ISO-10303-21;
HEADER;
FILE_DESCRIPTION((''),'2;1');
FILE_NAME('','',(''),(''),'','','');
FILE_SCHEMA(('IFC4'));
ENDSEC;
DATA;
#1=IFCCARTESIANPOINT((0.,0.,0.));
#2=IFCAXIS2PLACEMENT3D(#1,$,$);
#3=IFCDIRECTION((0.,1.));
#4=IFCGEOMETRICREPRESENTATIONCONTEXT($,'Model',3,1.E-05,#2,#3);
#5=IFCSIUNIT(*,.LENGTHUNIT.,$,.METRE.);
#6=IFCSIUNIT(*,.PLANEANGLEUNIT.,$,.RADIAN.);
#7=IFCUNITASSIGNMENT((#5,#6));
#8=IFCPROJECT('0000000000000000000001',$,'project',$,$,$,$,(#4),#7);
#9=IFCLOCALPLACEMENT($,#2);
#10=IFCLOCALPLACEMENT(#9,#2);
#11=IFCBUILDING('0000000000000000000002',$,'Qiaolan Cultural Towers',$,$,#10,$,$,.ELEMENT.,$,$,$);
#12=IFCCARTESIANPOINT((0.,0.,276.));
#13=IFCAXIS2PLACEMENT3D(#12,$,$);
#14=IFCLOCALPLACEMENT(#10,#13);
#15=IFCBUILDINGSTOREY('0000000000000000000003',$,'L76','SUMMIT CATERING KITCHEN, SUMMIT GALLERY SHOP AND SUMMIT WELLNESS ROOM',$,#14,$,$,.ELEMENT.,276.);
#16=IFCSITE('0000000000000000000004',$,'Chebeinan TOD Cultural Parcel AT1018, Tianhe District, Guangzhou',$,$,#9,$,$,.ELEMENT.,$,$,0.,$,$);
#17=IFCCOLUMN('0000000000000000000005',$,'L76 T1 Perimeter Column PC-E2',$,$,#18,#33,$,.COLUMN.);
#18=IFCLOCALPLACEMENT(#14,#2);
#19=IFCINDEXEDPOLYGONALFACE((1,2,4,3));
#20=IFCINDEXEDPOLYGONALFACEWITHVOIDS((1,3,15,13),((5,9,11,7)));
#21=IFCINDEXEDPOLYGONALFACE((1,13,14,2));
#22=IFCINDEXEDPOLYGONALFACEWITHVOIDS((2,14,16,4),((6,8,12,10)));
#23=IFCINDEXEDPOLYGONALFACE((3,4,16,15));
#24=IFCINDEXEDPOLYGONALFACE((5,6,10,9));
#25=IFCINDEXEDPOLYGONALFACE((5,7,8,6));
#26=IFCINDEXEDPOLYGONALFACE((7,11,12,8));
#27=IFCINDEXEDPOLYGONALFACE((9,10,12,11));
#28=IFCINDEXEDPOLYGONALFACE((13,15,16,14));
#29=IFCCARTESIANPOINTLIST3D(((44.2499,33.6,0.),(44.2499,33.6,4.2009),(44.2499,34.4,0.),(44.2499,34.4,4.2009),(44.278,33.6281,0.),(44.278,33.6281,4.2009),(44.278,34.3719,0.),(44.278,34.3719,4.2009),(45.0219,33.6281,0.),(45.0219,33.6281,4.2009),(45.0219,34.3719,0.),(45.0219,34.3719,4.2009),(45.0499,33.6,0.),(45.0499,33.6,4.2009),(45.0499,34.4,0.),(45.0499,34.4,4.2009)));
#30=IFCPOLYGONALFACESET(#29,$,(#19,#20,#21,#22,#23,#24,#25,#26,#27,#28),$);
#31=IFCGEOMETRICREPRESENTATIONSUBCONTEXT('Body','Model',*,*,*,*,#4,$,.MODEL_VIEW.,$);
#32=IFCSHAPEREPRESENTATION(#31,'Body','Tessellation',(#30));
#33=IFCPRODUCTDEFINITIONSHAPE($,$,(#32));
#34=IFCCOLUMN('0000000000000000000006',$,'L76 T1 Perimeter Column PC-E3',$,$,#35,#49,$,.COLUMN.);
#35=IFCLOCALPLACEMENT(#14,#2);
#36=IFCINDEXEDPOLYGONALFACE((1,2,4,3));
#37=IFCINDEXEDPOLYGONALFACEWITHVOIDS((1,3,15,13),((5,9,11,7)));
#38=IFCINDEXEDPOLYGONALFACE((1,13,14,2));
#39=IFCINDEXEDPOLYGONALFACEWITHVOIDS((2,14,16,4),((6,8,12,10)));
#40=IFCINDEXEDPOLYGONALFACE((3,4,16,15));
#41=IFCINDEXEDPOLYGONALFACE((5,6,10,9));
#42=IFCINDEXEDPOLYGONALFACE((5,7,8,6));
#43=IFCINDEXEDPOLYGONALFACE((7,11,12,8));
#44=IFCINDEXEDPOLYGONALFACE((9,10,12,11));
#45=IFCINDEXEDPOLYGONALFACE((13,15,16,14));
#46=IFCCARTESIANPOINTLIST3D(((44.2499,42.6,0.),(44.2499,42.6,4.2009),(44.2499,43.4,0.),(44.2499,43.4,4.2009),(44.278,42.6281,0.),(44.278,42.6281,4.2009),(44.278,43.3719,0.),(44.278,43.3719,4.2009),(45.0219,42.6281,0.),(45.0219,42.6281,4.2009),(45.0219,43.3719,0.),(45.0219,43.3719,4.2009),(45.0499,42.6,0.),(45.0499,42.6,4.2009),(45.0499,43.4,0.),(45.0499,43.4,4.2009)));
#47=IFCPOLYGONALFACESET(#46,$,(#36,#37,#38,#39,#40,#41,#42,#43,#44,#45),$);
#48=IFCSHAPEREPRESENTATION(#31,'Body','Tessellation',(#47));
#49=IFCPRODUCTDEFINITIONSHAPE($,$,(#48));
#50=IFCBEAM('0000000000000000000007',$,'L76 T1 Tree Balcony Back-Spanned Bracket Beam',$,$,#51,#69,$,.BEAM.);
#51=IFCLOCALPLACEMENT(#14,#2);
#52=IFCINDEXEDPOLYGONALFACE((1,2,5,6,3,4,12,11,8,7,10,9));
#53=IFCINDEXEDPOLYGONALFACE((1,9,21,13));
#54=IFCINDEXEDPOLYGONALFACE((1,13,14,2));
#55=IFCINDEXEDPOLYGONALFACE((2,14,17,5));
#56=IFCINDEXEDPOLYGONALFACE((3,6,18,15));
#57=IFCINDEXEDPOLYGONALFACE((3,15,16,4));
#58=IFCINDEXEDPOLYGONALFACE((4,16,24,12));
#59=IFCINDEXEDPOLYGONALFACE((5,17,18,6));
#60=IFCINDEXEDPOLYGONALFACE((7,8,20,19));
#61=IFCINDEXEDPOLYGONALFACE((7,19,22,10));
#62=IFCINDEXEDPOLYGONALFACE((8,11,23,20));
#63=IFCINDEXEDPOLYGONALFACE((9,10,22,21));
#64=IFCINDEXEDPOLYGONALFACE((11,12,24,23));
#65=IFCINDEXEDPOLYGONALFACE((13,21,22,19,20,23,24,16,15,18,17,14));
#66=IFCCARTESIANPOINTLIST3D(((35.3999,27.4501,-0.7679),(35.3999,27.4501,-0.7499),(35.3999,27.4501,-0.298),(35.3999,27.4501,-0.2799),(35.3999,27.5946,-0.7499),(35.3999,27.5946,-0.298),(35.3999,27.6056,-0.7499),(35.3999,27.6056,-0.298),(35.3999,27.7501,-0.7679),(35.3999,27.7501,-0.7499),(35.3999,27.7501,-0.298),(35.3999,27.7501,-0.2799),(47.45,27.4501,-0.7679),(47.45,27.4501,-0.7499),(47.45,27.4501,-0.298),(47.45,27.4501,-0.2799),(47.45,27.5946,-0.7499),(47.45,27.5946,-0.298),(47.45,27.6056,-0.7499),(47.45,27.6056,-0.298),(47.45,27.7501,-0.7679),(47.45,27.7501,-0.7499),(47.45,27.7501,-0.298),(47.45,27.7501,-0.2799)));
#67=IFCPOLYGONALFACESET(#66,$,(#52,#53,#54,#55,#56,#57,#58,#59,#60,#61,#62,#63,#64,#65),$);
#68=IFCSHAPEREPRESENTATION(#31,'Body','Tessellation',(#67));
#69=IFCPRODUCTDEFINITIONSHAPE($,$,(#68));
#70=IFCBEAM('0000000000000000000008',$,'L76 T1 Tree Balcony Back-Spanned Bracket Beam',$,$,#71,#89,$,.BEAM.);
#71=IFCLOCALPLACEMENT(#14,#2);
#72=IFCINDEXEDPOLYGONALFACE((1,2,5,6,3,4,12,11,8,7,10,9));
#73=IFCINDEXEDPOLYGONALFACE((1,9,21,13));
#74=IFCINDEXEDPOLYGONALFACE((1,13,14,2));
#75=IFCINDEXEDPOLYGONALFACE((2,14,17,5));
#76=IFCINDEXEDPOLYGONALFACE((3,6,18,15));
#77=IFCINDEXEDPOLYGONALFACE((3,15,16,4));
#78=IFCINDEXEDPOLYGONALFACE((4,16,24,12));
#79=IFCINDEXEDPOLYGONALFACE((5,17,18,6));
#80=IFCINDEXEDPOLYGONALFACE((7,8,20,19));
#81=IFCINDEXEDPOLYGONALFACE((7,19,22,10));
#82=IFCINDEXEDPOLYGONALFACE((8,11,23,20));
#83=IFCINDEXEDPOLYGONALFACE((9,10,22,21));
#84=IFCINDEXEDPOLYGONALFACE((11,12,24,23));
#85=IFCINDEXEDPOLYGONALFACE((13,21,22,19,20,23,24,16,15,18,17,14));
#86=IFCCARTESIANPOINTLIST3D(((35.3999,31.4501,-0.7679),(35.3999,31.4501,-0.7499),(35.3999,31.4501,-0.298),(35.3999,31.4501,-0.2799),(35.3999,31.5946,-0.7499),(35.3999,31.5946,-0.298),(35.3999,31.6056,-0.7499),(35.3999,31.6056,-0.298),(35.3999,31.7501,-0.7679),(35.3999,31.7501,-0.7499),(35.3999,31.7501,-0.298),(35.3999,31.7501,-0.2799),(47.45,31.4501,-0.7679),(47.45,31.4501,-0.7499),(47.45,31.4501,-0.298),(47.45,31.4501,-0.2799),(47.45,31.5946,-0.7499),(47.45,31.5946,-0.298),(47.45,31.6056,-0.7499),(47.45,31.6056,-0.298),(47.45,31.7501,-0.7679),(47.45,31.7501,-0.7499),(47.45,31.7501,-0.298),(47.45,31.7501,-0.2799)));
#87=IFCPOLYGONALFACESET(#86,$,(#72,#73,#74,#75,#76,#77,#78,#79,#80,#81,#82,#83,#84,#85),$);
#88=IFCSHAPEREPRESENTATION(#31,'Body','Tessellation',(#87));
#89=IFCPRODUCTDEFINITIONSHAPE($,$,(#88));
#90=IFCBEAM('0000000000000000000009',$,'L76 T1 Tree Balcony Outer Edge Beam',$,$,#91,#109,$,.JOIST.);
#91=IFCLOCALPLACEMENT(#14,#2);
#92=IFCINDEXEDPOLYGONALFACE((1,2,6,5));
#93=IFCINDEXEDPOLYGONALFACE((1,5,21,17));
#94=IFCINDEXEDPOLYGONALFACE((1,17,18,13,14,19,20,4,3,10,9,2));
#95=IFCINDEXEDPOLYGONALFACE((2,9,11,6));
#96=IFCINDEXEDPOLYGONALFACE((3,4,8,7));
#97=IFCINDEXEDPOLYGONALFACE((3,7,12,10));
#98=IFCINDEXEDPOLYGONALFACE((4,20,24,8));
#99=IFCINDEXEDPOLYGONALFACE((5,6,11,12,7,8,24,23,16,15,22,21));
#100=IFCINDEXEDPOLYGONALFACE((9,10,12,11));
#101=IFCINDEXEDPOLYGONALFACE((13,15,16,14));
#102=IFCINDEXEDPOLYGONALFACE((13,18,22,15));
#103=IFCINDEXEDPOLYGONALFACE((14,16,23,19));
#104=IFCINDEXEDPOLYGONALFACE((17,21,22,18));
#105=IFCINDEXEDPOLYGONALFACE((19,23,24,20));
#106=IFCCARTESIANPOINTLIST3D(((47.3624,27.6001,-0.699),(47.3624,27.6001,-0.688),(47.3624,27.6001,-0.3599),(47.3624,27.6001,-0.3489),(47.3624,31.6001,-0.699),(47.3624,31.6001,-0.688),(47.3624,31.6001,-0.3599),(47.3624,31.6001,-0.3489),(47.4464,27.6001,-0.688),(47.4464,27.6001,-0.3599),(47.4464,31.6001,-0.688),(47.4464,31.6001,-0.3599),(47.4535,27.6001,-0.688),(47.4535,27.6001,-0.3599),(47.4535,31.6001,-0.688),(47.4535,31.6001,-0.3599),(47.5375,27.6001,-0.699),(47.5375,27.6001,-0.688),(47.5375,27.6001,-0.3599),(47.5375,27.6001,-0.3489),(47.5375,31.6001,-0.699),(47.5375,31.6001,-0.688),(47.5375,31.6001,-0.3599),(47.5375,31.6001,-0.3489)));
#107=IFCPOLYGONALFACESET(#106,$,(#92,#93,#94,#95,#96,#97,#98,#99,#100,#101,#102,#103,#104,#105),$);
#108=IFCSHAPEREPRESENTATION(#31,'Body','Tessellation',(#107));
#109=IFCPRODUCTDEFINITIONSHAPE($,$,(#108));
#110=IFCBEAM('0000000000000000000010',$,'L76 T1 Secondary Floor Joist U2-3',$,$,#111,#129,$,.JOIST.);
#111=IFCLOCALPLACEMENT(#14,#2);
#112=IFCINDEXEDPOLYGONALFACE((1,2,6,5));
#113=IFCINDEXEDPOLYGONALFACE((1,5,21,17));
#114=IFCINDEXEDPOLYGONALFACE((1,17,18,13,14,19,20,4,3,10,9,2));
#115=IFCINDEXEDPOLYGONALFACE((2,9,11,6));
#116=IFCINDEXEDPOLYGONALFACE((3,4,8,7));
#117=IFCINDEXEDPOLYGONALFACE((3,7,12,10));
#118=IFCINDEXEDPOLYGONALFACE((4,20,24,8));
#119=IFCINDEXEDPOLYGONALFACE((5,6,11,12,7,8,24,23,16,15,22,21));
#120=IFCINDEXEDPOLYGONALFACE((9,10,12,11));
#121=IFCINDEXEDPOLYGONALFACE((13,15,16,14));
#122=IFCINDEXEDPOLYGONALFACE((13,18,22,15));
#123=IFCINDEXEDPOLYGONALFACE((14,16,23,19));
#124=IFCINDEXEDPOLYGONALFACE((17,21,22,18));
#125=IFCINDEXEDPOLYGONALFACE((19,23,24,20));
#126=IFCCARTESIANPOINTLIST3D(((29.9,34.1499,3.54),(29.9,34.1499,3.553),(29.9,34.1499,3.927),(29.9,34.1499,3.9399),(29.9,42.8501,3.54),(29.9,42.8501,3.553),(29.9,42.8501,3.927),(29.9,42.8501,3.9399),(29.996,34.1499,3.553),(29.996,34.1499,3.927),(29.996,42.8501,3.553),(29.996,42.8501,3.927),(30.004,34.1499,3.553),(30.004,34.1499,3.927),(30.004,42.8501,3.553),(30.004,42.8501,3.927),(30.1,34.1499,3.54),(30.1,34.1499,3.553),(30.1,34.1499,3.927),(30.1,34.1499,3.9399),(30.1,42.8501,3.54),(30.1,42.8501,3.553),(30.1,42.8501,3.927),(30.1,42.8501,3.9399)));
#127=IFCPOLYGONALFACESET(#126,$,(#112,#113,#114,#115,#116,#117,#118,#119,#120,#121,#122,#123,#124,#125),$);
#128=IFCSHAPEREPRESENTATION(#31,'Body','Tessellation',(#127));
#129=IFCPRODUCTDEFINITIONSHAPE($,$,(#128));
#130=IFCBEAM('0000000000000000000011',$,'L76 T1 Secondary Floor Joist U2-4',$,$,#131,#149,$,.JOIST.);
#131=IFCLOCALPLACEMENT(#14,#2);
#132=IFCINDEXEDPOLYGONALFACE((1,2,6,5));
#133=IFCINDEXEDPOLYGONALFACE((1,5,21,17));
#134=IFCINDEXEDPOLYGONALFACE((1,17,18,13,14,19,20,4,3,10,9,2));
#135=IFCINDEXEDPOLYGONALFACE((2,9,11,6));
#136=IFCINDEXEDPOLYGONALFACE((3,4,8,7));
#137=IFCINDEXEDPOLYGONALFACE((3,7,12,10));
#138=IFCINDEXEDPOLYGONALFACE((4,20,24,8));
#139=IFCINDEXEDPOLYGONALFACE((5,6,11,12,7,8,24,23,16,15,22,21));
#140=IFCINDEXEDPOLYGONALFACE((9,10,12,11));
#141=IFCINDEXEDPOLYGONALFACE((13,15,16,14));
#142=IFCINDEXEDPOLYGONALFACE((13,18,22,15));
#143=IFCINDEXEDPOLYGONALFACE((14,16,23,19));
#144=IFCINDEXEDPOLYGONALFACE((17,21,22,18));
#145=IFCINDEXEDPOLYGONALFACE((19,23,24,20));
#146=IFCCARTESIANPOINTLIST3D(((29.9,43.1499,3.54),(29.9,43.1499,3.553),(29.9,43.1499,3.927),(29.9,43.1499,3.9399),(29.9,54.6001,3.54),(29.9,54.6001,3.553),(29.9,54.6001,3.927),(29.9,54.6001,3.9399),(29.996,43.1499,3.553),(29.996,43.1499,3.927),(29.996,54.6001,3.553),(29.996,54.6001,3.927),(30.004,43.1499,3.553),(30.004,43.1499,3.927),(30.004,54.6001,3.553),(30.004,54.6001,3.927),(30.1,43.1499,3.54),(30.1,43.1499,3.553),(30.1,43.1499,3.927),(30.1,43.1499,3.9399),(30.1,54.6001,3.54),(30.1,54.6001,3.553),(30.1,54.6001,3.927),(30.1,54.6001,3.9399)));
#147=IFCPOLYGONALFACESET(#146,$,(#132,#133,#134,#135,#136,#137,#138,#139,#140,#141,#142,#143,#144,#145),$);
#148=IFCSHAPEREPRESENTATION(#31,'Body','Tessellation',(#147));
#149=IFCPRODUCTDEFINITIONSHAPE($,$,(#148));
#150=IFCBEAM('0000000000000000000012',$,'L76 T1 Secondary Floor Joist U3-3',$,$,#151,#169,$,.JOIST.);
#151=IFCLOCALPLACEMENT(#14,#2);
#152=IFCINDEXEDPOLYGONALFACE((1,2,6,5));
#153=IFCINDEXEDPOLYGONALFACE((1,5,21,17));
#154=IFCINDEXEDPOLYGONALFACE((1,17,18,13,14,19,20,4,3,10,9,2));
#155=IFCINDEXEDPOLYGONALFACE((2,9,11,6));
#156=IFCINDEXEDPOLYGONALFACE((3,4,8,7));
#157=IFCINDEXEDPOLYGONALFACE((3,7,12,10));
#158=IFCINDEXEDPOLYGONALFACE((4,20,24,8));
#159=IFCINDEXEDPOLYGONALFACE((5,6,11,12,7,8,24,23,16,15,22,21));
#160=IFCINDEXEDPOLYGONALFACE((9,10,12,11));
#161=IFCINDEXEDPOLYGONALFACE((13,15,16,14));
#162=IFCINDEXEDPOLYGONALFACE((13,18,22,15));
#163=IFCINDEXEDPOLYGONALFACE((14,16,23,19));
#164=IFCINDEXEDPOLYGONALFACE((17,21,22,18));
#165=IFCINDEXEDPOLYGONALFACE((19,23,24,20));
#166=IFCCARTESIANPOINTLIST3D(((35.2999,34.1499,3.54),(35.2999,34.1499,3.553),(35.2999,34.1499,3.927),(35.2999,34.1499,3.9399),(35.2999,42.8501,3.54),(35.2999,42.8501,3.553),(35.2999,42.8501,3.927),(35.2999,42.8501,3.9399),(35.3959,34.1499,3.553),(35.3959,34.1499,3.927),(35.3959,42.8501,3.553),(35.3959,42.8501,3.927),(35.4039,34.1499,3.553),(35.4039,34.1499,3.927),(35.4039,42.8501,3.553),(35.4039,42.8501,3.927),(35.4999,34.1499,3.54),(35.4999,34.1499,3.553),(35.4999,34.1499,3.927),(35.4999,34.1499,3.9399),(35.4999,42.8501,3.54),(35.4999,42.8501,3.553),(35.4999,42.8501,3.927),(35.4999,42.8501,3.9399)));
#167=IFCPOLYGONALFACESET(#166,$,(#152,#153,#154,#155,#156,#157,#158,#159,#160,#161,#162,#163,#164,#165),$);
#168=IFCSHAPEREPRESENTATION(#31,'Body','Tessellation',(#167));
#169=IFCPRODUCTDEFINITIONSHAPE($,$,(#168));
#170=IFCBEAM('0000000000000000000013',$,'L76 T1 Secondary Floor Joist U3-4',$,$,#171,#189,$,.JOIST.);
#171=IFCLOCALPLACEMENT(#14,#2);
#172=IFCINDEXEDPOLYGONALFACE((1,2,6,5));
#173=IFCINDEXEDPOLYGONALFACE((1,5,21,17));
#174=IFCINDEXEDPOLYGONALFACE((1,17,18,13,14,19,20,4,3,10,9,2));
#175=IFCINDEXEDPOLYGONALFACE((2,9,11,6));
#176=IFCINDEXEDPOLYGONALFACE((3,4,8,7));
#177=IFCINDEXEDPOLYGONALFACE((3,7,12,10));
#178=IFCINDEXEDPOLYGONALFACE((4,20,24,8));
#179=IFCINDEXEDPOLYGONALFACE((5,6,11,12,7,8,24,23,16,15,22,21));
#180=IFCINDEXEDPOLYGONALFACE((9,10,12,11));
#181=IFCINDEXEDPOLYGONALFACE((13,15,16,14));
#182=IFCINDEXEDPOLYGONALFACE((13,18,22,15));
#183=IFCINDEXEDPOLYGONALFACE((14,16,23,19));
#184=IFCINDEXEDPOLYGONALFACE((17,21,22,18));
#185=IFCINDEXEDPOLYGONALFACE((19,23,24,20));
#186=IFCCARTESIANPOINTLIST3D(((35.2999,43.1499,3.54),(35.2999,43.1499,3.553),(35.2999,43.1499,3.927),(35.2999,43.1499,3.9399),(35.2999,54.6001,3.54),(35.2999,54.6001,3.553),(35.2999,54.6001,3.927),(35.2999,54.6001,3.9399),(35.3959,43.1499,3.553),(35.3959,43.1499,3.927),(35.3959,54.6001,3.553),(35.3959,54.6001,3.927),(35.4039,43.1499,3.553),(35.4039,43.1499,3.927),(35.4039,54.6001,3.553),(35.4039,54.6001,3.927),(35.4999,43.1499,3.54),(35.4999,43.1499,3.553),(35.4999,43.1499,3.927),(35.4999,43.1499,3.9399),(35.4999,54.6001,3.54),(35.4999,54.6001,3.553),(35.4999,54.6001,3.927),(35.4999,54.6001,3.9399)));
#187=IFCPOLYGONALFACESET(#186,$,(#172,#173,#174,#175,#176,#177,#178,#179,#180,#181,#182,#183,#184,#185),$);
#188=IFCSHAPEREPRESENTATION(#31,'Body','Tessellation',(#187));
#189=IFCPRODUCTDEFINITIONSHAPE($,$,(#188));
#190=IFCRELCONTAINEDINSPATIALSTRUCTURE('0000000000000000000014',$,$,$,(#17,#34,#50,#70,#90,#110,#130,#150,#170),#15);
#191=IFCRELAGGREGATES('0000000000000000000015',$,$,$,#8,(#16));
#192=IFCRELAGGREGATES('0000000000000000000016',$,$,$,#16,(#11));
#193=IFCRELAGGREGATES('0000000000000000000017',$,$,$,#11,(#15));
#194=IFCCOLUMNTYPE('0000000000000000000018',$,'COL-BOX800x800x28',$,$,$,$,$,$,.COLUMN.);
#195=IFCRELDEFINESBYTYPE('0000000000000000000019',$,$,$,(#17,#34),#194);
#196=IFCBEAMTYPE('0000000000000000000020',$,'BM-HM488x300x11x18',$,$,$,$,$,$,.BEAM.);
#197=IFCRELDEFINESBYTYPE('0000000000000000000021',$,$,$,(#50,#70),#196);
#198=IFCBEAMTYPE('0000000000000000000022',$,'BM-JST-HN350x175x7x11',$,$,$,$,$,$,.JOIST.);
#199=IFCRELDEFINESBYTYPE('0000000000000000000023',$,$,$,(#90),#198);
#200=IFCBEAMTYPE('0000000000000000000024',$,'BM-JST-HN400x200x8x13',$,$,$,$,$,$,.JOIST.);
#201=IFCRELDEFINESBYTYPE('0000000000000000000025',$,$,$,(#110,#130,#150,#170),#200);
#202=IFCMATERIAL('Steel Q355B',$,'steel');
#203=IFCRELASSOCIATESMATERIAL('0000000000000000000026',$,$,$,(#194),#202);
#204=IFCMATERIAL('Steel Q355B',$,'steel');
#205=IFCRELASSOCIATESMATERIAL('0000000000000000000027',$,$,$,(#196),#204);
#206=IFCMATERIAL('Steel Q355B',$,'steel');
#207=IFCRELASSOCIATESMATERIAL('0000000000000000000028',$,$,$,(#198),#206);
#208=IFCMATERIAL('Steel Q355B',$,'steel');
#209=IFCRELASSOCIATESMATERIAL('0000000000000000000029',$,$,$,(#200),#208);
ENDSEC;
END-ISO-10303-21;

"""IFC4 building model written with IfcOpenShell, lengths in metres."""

from ifc_helpers import new_model, si_unit, direction, frame, origin, origin_2d, place, context, subcontext, project, spatial, hollow_rectangle, i_section, extrude, material, material_profile, profile_set, type_object, element, save


model = new_model("IFC4")

# Units and contexts
model_context = context("Model", 3, precision=1e-05, world=origin(), true_north=direction((0.0, 1.0)))
body_context = subcontext(model_context, "Body", "Model", "MODEL_VIEW")
ifc_project = project(units=[si_unit("LENGTHUNIT", "METRE"), si_unit("PLANEANGLEUNIT", "RADIAN")], contexts=[model_context])

# Site, building, storey
site_placement = place(None, origin())
site = spatial("IfcSite", under=ifc_project, at=site_placement, Name="Chebeinan TOD Cultural Parcel AT1018, Tianhe District, Guangzhou", CompositionType="ELEMENT", RefElevation=0.0)
building_placement = place(site_placement, origin())
building = spatial("IfcBuilding", under=site, at=building_placement, Name="Qiaolan Cultural Towers", CompositionType="ELEMENT")
storey_placement = place(building_placement, frame((0.0, 0.0, 276.0)))
storey = spatial("IfcBuildingStorey", under=building, at=storey_placement, Name="L76", Description="SUMMIT CATERING KITCHEN, SUMMIT GALLERY SHOP AND SUMMIT WELLNESS ROOM", CompositionType="ELEMENT", Elevation=276.0)

# Columns
ifc_material_1 = material(Name="Steel Q355B", Category="steel")
ifc_material_profile_1 = material_profile(ifc_material_1, hollow_rectangle(XDim=0.8, YDim=0.8, WallThickness=0.0281, at=origin_2d()), Name="BOX800x800x28")
ifc_profile_set_1 = profile_set([ifc_material_profile_1], Name="Steel Q355B")
column_type = type_object("IfcColumnType", Name="COL-BOX800x800x28", PredefinedType="COLUMN", material=ifc_profile_set_1)
for number, where, z_axis, x_axis, name in (
    (1, (44.6499, 34.0, 0.0), (0.0, 0.0, 1.0), (1.0, 0.0, 0.0), "L76 T1 Perimeter Column PC-E2"),
    (2, (44.6499, 43.0, 0.0), (0.0, 0.0, 1.0), (1.0, 0.0, 0.0), "L76 T1 Perimeter Column PC-E3"),
):
    element("IfcColumn", number, at=place(storey_placement, frame(where, z_axis=z_axis, x_axis=x_axis)), inside=storey, type_object=column_type, Name=name, PredefinedType="COLUMN", context=body_context, shape_type="SweptSolid", body=[
        extrude(hollow_rectangle(XDim=0.8, YDim=0.8, WallThickness=0.0281, at=origin_2d()), origin(), (0.0, 0.0, 1.0), 4.2009),
    ])

# Beams
ifc_material_2 = material(Name="Steel Q355B", Category="steel")
ifc_material_profile_2 = material_profile(ifc_material_2, i_section(OverallWidth=0.3, OverallDepth=0.488, WebThickness=0.011, FlangeThickness=0.0181, at=origin_2d()), Name="HM488x300x11x18")
ifc_profile_set_2 = profile_set([ifc_material_profile_2], Name="Steel Q355B")
beam_type_1 = type_object("IfcBeamType", Name="BM-HM488x300x11x18", PredefinedType="BEAM", material=ifc_profile_set_2)
for number, where, z_axis, x_axis, name in (
    (3, (35.3999, 27.6001, -0.5239), (1.0, 0.0, 0.0), (0.0, 1.0, 0.0), "L76 T1 Tree Balcony Back-Spanned Bracket Beam"),
    (4, (35.3999, 31.6001, -0.5239), (1.0, 0.0, 0.0), (0.0, 1.0, 0.0), "L76 T1 Tree Balcony Back-Spanned Bracket Beam"),
):
    element("IfcBeam", number, at=place(storey_placement, frame(where, z_axis=z_axis, x_axis=x_axis)), inside=storey, type_object=beam_type_1, Name=name, PredefinedType="BEAM", context=body_context, shape_type="SweptSolid", body=[
        extrude(i_section(OverallWidth=0.3, OverallDepth=0.488, WebThickness=0.011, FlangeThickness=0.0181, at=origin_2d()), origin(), (0.0, 0.0, 1.0), 12.05),
    ])
ifc_material_3 = material(Name="Steel Q355B", Category="steel")
ifc_material_profile_3 = material_profile(ifc_material_3, i_section(OverallWidth=0.175, OverallDepth=0.3501, WebThickness=0.0071, FlangeThickness=0.011, at=origin_2d()), Name="HN350x175x7x11")
ifc_profile_set_3 = profile_set([ifc_material_profile_3], Name="Steel Q355B")
beam_type_2 = type_object("IfcBeamType", Name="BM-JST-HN350x175x7x11", PredefinedType="JOIST", material=ifc_profile_set_3)
beam_1_placement = place(storey_placement, frame((47.45, 27.6001, -0.5239), z_axis=(0.0, 1.0, 0.0), x_axis=(-1.0, 0.0, 0.0)))
element("IfcBeam", 5, at=beam_1_placement, inside=storey, type_object=beam_type_2, Name="L76 T1 Tree Balcony Outer Edge Beam", PredefinedType="JOIST", context=body_context, shape_type="SweptSolid", body=[
    extrude(i_section(OverallWidth=0.175, OverallDepth=0.3501, WebThickness=0.0071, FlangeThickness=0.011, at=origin_2d()), origin(), (0.0, 0.0, 1.0), 4.0),
])
ifc_material_4 = material(Name="Steel Q355B", Category="steel")
ifc_material_profile_4 = material_profile(ifc_material_4, i_section(OverallWidth=0.2, OverallDepth=0.3999, WebThickness=0.0081, FlangeThickness=0.0129, at=origin_2d()), Name="HN400x200x8x13")
ifc_profile_set_4 = profile_set([ifc_material_profile_4], Name="Steel Q355B")
beam_type_3 = type_object("IfcBeamType", Name="BM-JST-HN400x200x8x13", PredefinedType="JOIST", material=ifc_profile_set_4)
beam_2_placement = place(storey_placement, frame((30.0, 34.1499, 3.74), z_axis=(0.0, 1.0, 0.0), x_axis=(-1.0, 0.0, 0.0)))
element("IfcBeam", 6, at=beam_2_placement, inside=storey, type_object=beam_type_3, Name="L76 T1 Secondary Floor Joist U2-3", PredefinedType="JOIST", context=body_context, shape_type="SweptSolid", body=[
    extrude(i_section(OverallWidth=0.2, OverallDepth=0.3999, WebThickness=0.0081, FlangeThickness=0.0129, at=origin_2d()), origin(), (0.0, 0.0, 1.0), 8.7002),
])
beam_3_placement = place(storey_placement, frame((30.0, 43.1499, 3.74), z_axis=(0.0, 1.0, 0.0), x_axis=(-1.0, 0.0, 0.0)))
element("IfcBeam", 7, at=beam_3_placement, inside=storey, type_object=beam_type_3, Name="L76 T1 Secondary Floor Joist U2-4", PredefinedType="JOIST", context=body_context, shape_type="SweptSolid", body=[
    extrude(i_section(OverallWidth=0.2, OverallDepth=0.3999, WebThickness=0.0081, FlangeThickness=0.0129, at=origin_2d()), origin(), (0.0, 0.0, 1.0), 11.4502),
])
beam_4_placement = place(storey_placement, frame((35.3999, 34.1499, 3.74), z_axis=(0.0, 1.0, 0.0), x_axis=(-1.0, 0.0, 0.0)))
element("IfcBeam", 8, at=beam_4_placement, inside=storey, type_object=beam_type_3, Name="L76 T1 Secondary Floor Joist U3-3", PredefinedType="JOIST", context=body_context, shape_type="SweptSolid", body=[
    extrude(i_section(OverallWidth=0.2, OverallDepth=0.3999, WebThickness=0.0081, FlangeThickness=0.0129, at=origin_2d()), origin(), (0.0, 0.0, 1.0), 8.7002),
])
beam_5_placement = place(storey_placement, frame((35.3999, 43.1499, 3.74), z_axis=(0.0, 1.0, 0.0), x_axis=(-1.0, 0.0, 0.0)))
element("IfcBeam", 9, at=beam_5_placement, inside=storey, type_object=beam_type_3, Name="L76 T1 Secondary Floor Joist U3-4", PredefinedType="JOIST", context=body_context, shape_type="SweptSolid", body=[
    extrude(i_section(OverallWidth=0.2, OverallDepth=0.3999, WebThickness=0.0081, FlangeThickness=0.0129, at=origin_2d()), origin(), (0.0, 0.0, 1.0), 11.4502),
])

save(model, "model.ifc")
